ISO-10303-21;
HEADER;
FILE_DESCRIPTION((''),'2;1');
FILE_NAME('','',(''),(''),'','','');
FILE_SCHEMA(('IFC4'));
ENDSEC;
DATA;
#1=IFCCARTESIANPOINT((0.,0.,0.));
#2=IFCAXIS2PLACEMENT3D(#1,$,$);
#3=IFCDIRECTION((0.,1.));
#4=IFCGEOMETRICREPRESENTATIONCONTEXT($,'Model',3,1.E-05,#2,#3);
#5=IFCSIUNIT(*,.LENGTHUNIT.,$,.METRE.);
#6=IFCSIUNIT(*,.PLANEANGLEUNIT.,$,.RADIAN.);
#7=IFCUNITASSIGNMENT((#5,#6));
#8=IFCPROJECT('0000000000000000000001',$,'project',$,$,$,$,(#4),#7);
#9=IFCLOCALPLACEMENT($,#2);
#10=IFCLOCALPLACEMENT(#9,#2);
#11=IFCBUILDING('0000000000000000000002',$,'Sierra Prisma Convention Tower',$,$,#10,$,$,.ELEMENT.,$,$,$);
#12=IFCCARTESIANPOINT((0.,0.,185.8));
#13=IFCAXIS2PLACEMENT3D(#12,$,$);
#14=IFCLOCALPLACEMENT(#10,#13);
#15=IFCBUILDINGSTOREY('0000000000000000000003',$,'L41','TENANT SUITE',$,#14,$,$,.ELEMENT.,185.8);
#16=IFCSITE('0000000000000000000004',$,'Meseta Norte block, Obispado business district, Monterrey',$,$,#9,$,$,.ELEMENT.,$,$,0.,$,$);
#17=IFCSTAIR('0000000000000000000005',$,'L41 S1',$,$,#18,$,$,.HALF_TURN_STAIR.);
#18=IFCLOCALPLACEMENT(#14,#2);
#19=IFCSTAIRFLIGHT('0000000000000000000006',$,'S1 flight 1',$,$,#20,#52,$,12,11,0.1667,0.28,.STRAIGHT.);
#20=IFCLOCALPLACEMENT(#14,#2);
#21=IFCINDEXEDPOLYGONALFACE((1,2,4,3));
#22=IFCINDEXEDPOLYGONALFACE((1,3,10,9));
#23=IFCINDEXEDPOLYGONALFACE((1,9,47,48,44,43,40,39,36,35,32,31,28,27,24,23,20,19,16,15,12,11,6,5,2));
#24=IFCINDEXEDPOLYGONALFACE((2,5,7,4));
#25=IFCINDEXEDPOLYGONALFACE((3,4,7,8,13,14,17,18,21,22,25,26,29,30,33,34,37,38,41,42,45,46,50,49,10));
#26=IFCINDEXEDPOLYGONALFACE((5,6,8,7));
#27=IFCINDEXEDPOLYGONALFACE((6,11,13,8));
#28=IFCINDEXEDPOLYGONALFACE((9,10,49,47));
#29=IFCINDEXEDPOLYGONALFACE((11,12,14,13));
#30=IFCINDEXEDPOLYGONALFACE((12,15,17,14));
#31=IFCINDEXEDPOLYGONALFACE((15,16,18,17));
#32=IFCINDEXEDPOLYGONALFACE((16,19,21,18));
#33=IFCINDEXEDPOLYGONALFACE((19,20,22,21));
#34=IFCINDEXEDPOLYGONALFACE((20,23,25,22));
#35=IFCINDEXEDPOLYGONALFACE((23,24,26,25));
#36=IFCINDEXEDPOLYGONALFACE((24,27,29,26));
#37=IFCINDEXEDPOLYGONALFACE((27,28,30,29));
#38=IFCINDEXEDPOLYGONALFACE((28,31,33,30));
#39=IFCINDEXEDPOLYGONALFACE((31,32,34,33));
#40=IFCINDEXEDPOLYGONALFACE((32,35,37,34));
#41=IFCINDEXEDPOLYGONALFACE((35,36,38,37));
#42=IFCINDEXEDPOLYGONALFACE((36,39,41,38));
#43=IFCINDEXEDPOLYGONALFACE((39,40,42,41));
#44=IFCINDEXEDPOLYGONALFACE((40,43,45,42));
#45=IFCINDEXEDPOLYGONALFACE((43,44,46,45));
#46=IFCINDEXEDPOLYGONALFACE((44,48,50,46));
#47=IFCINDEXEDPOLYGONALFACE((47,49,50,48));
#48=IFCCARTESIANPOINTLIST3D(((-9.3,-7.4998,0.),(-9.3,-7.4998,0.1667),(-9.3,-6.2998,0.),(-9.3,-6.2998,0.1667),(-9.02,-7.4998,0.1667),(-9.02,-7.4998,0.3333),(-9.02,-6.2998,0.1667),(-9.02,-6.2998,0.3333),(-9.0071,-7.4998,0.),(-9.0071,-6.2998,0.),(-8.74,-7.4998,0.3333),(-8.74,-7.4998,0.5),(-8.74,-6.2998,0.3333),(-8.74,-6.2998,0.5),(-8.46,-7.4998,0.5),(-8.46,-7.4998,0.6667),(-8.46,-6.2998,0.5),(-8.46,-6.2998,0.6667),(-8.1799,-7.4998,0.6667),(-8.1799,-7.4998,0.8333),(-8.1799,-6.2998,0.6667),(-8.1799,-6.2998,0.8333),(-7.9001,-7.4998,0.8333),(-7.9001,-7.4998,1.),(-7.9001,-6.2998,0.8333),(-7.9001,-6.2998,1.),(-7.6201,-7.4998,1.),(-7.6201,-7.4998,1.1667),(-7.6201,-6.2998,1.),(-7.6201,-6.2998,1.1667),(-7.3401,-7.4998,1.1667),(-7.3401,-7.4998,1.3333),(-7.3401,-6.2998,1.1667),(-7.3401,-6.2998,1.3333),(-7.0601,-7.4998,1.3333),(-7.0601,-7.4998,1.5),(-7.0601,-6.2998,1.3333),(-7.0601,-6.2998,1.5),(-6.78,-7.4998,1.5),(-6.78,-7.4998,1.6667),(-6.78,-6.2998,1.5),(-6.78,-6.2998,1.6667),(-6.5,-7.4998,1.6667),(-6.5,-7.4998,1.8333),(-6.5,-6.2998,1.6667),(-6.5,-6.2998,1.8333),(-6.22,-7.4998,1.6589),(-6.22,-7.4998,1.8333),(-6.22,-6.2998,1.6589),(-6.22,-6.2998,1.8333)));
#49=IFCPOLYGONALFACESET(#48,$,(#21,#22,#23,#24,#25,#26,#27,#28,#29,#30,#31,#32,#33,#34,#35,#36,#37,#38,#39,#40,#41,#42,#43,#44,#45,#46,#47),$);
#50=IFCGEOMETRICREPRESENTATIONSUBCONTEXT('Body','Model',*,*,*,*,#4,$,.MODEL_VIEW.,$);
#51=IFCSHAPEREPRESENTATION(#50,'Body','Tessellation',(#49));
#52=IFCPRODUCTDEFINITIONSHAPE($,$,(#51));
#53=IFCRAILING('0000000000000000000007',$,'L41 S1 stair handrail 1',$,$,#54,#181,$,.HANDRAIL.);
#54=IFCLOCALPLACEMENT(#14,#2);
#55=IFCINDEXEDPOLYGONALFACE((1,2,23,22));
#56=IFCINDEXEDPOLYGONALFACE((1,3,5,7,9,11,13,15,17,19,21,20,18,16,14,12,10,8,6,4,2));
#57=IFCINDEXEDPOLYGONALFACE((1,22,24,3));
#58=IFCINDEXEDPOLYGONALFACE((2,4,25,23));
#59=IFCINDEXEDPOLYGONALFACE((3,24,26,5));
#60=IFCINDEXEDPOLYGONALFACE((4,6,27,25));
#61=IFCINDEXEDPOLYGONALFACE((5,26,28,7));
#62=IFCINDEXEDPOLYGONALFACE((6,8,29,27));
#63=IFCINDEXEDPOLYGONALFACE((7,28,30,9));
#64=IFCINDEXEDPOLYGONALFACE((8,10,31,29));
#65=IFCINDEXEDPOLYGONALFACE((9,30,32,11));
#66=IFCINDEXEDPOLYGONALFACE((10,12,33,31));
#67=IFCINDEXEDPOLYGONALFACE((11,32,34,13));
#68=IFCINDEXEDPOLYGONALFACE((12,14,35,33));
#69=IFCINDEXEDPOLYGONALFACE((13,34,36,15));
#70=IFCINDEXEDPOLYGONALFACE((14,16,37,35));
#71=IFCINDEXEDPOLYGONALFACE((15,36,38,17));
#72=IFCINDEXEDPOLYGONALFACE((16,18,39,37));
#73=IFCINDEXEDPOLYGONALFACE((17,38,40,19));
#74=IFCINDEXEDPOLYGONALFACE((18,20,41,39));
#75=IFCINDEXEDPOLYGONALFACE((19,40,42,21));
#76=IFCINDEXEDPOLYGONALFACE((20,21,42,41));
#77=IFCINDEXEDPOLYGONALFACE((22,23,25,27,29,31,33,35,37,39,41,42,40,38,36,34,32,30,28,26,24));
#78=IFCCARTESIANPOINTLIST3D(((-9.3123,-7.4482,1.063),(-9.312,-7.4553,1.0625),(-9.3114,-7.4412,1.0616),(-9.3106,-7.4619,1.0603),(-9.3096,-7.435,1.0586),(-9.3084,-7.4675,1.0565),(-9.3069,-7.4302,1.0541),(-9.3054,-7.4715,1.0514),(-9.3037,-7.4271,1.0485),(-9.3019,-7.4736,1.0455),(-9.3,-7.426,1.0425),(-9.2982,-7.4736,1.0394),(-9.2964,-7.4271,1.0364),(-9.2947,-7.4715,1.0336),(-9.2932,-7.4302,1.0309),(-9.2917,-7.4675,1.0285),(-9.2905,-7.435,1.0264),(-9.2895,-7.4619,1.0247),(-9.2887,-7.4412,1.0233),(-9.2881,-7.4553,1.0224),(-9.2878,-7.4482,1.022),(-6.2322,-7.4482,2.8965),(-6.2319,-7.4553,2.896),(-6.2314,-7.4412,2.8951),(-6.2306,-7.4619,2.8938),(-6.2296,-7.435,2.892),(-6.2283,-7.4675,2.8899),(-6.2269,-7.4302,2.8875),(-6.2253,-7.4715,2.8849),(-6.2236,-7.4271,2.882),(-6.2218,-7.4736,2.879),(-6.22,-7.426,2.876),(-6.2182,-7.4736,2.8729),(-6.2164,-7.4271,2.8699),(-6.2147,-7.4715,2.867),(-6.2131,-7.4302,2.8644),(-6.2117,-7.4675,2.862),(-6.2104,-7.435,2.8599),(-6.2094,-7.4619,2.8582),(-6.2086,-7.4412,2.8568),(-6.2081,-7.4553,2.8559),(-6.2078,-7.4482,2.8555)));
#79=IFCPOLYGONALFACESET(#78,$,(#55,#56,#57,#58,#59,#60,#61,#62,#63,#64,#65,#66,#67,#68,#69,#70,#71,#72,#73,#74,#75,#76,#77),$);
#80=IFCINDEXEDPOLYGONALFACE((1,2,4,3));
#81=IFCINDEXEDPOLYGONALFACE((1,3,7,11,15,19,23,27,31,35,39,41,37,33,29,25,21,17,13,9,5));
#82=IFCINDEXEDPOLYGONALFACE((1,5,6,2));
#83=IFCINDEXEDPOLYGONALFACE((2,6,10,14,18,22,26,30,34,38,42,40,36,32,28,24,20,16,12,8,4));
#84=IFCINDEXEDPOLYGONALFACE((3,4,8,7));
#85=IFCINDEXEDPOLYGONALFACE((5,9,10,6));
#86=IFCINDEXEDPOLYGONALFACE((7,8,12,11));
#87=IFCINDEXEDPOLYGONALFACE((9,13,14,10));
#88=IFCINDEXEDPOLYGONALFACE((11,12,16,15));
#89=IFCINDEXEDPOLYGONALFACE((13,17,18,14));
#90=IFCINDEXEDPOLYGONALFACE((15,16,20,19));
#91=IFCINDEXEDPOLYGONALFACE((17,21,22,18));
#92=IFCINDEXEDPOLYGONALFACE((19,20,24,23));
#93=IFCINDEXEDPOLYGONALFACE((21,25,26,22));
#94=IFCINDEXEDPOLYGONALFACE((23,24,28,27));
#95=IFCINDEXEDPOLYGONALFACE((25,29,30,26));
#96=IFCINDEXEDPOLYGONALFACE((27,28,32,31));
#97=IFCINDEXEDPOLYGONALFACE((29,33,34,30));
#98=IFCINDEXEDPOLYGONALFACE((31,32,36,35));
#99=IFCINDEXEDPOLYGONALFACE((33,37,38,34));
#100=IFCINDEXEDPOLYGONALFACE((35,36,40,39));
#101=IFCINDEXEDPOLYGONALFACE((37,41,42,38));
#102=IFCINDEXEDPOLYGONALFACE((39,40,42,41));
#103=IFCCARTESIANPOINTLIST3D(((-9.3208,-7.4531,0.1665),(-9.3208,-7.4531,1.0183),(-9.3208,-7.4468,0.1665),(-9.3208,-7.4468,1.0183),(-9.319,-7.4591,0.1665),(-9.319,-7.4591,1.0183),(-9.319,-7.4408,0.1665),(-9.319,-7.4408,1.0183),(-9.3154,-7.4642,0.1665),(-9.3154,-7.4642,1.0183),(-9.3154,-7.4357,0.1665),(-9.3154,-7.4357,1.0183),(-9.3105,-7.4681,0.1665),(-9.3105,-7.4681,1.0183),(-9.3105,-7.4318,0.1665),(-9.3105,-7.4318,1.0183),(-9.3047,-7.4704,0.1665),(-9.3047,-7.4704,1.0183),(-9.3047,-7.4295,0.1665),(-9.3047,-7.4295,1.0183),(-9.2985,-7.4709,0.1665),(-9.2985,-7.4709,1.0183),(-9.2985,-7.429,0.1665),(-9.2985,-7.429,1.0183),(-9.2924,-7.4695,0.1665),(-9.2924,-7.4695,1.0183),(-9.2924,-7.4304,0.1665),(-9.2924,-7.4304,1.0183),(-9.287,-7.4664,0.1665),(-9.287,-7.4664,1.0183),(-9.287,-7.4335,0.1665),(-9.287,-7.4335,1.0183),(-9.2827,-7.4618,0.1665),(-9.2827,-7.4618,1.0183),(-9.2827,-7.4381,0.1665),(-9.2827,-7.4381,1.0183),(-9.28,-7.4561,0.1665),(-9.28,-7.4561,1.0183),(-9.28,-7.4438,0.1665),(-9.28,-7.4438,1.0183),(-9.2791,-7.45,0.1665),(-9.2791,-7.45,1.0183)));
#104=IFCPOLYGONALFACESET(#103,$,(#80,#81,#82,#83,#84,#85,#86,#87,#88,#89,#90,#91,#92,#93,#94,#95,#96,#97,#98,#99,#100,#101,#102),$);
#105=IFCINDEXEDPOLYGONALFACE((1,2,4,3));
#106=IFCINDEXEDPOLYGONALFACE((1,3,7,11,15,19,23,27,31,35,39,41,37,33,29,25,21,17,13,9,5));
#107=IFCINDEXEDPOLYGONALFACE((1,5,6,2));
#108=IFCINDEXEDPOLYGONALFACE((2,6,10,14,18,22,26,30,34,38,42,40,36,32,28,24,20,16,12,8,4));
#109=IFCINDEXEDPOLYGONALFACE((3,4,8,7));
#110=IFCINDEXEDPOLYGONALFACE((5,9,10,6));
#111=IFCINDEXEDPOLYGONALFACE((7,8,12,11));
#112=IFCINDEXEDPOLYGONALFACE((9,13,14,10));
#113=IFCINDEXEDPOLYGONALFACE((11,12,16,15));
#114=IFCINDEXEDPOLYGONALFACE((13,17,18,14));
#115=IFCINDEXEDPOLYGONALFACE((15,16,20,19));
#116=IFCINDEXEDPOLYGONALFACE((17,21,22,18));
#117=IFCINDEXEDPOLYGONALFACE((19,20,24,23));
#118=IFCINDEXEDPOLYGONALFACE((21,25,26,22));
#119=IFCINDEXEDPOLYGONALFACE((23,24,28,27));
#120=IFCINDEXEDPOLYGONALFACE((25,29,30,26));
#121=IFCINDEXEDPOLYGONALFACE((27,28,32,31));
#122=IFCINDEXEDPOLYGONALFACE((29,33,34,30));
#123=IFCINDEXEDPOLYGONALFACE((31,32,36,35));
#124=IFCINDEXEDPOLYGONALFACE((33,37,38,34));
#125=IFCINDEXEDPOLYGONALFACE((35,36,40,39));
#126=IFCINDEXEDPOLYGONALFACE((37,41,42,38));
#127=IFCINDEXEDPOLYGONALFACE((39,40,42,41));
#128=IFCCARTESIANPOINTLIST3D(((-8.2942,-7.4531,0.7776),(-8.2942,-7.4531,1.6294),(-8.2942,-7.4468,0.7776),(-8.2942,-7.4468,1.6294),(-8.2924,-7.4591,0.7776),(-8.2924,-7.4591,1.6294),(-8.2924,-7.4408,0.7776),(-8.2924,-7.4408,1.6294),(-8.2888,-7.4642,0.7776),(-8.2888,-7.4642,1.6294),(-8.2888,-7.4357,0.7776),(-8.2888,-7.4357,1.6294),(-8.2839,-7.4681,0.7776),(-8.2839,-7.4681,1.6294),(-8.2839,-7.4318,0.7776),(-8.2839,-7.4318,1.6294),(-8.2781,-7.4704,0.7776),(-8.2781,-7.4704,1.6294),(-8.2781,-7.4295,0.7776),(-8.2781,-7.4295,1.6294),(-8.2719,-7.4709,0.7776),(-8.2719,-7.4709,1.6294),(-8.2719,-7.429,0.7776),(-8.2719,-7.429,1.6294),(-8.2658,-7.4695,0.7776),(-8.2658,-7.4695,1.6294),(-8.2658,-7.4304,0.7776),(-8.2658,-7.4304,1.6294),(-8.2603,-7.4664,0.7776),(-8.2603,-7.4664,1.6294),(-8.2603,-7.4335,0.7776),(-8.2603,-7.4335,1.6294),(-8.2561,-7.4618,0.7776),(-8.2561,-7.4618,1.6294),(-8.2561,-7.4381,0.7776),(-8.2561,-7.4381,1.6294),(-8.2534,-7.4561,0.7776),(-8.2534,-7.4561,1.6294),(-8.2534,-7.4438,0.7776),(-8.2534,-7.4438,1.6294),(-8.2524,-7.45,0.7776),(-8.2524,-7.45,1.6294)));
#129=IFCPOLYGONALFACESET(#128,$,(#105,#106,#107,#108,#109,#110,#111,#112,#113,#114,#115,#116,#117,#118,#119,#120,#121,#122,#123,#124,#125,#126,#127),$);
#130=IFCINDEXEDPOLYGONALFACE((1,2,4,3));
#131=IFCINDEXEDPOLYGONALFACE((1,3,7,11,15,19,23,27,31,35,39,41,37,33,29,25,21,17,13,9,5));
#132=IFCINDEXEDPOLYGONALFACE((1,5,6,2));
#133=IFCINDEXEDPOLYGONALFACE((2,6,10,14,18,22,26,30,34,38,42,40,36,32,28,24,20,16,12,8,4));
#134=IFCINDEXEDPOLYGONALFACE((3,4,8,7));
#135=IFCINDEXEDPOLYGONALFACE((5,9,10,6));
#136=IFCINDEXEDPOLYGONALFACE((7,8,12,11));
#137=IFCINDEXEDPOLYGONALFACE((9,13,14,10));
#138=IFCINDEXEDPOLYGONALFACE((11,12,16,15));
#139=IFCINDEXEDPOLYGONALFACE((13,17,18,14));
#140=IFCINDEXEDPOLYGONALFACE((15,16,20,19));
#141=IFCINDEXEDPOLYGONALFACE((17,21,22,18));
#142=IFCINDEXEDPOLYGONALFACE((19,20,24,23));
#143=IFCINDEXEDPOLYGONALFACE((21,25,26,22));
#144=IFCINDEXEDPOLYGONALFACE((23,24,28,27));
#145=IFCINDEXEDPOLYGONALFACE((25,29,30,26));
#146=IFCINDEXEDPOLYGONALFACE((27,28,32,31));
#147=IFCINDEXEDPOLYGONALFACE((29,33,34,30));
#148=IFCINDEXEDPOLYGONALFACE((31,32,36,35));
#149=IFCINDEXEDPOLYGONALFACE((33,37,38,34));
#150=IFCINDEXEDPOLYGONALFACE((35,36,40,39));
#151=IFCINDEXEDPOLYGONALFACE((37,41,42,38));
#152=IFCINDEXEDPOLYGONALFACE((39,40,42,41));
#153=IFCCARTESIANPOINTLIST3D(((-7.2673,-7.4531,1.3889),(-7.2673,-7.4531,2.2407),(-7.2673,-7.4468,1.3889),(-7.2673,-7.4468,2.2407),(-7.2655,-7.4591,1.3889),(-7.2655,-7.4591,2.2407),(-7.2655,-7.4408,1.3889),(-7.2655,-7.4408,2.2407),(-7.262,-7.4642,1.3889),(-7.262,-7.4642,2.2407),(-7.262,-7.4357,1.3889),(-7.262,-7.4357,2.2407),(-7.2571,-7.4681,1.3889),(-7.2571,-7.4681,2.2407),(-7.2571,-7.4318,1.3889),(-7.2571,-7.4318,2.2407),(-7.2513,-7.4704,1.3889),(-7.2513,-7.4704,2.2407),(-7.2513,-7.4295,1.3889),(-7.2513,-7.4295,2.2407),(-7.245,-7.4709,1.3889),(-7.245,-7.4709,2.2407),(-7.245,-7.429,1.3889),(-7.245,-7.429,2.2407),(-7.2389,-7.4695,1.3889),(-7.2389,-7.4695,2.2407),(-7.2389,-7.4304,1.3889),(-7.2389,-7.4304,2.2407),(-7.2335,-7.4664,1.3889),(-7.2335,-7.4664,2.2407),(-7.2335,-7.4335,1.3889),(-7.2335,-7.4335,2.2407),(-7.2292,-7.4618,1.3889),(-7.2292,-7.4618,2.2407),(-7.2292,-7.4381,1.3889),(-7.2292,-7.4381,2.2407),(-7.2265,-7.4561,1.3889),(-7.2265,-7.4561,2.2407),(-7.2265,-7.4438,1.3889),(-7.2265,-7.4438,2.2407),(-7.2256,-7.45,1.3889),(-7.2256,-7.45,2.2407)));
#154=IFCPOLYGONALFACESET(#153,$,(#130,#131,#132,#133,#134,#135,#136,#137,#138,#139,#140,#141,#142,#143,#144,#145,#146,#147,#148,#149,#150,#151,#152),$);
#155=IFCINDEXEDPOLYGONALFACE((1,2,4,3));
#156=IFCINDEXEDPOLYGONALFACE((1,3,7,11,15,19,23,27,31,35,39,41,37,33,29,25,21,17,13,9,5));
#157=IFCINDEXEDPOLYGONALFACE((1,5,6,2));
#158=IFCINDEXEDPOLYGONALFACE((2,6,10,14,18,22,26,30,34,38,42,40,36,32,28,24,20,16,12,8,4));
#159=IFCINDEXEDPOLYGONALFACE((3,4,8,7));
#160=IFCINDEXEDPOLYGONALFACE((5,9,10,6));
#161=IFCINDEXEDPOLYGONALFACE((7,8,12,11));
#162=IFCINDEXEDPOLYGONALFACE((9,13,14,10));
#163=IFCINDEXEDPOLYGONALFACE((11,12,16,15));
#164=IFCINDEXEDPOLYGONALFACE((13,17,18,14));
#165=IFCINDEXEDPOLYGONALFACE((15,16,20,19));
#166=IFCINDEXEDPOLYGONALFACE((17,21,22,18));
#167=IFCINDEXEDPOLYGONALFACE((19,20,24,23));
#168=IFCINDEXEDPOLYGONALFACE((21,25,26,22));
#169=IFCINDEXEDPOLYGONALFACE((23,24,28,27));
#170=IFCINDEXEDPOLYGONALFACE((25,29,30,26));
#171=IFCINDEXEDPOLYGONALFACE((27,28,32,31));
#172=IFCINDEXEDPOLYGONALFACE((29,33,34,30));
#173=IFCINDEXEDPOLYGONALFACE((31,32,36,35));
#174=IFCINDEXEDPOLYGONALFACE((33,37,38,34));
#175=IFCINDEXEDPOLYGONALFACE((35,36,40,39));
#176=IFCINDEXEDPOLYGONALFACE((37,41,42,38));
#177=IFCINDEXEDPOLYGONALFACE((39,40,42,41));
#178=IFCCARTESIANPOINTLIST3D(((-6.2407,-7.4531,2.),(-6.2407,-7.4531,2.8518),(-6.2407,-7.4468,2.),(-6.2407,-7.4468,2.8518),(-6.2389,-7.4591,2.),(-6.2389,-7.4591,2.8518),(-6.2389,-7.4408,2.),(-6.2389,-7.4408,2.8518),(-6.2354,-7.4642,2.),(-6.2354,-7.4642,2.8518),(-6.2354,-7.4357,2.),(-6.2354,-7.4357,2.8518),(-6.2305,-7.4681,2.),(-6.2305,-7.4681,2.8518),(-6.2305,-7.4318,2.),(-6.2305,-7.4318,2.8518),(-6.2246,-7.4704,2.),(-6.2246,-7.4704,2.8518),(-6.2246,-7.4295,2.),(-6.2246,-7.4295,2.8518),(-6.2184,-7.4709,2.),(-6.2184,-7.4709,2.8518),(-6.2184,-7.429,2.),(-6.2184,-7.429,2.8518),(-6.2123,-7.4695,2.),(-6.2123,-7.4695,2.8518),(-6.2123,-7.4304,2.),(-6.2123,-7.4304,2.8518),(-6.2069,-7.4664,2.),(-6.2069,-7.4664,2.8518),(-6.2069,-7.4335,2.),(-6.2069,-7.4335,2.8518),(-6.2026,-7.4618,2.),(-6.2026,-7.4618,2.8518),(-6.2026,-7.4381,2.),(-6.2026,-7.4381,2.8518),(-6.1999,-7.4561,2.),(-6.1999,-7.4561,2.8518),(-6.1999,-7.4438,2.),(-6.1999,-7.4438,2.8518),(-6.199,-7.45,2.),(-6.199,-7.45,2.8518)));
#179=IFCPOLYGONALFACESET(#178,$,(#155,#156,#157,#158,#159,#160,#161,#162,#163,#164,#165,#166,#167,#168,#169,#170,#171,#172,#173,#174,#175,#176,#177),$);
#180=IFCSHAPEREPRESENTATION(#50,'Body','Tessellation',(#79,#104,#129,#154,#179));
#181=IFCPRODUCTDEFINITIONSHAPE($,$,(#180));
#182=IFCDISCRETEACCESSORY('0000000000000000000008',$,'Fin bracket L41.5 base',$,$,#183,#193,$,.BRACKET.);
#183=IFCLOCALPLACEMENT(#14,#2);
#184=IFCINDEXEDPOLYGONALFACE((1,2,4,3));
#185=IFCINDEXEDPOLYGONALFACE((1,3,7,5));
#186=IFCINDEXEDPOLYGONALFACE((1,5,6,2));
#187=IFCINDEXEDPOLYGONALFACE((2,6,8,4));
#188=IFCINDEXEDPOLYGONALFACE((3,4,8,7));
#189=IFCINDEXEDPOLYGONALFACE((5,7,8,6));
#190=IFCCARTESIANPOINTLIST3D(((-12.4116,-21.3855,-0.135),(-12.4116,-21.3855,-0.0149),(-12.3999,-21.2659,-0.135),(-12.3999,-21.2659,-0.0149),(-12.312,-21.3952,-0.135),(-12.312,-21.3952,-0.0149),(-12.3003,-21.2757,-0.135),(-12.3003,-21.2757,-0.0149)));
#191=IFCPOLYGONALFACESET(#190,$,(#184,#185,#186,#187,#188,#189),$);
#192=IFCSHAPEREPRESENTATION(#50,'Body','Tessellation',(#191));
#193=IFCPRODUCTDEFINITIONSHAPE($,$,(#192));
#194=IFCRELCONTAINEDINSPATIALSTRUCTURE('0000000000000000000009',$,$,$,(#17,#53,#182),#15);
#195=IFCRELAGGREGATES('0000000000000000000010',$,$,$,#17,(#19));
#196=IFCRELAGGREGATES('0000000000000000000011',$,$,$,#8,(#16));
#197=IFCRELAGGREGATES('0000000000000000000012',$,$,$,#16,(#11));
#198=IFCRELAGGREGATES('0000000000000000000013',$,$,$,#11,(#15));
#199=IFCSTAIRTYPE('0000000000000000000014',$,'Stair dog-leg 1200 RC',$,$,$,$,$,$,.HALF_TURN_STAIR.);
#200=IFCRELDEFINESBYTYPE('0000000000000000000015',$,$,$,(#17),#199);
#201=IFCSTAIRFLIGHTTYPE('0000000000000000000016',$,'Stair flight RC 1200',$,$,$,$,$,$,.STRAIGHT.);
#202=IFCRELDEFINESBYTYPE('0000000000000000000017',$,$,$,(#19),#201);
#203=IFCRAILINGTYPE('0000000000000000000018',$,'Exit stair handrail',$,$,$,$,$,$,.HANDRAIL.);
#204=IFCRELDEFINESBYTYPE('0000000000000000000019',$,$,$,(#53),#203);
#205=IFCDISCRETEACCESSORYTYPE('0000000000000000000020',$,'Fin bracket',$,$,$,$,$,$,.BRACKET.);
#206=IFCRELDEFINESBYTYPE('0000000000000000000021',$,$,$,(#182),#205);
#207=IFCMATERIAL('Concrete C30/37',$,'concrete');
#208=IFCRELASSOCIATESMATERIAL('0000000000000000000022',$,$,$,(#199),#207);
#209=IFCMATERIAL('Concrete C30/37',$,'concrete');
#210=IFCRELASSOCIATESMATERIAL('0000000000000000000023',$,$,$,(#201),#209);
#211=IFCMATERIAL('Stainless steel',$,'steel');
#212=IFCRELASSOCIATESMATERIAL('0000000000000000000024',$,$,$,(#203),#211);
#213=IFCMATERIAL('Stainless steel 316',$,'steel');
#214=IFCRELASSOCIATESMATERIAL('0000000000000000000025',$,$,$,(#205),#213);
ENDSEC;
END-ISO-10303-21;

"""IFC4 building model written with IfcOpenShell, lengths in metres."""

from ifc_helpers import new_model, si_unit, direction, frame, origin, origin_2d, place, context, subcontext, project, spatial, polyline, rectangle, circle, outline, extrude, material, type_object, element, aggregate, save


model = new_model("IFC4")

# Units and contexts
model_context = context("Model", 3, precision=1e-05, world=origin(), true_north=direction((0.0, 1.0)))
body_context = subcontext(model_context, "Body", "Model", "MODEL_VIEW")
ifc_project = project(units=[si_unit("LENGTHUNIT", "METRE"), si_unit("PLANEANGLEUNIT", "RADIAN")], contexts=[model_context])

# Site, building, storey
site_placement = place(None, origin())
site = spatial("IfcSite", under=ifc_project, at=site_placement, Name="Meseta Norte block, Obispado business district, Monterrey", CompositionType="ELEMENT", RefElevation=0.0)
building_placement = place(site_placement, origin())
building = spatial("IfcBuilding", under=site, at=building_placement, Name="Sierra Prisma Convention Tower", CompositionType="ELEMENT")
storey_placement = place(building_placement, frame((0.0, 0.0, 185.8)))
storey = spatial("IfcBuildingStorey", under=building, at=storey_placement, Name="L41", Description="TENANT SUITE", CompositionType="ELEMENT", Elevation=185.8)

# Stair, stair flight
ifc_material_1 = material(Name="Concrete C30/37", Category="concrete")
stair_type = type_object("IfcStairType", Name="Stair dog-leg 1200 RC", PredefinedType="HALF_TURN_STAIR", material=ifc_material_1)
stair_placement = place(storey_placement, origin())
stair = element("IfcStair", 1, at=stair_placement, inside=storey, type_object=stair_type, Name="L41 S1", PredefinedType="HALF_TURN_STAIR")
ifc_material_2 = material(Name="Concrete C30/37", Category="concrete")
stair_flight_type = type_object("IfcStairFlightType", Name="Stair flight RC 1200", PredefinedType="STRAIGHT", material=ifc_material_2)
stair_flight_placement = place(storey_placement, frame((-9.3, -6.8999, 0.0), z_axis=(0.0, 0.0, 1.0), x_axis=(1.0, 0.0, 0.0)))
stair_flight = element("IfcStairFlight", 2, at=stair_flight_placement, type_object=stair_flight_type, Name="S1 flight 1", NumberOfRisers=12, NumberOfTreads=11, PredefinedType="STRAIGHT", RiserHeight=0.1667, TreadLength=0.28, context=body_context, shape_type="SweptSolid", body=[
    extrude(outline(polyline([(0.0, 0.0), (0.0, 0.1667), (0.28, 0.1667), (0.28, 0.3333), (0.5601, 0.3333), (0.5601, 0.5), (0.8401, 0.5), (0.8401, 0.6667), (1.1201, 0.6667), (1.1201, 0.8333), (1.3999, 0.8333), (1.3999, 1.0), (1.6799, 1.0), (1.6799, 1.1667), (1.96, 1.1667), (1.96, 1.3333), (2.24, 1.3333), (2.24, 1.5), (2.52, 1.5), (2.52, 1.6667), (2.8, 1.6667), (2.8, 1.8333), (3.0801, 1.8333), (3.0801, 2.0), (3.0801, 1.6589), (0.293, 0.0), (0.0, 0.0)])), frame((0.0, 0.6001, 0.0), z_axis=(0.0, -1.0, 0.0), x_axis=(1.0, 0.0, 0.0)), (0.0, 0.0, 1.0), 1.2),
])
aggregate(stair, [stair_flight])

# Railing
ifc_material_3 = material(Name="Stainless steel", Category="steel")
railing_type = type_object("IfcRailingType", Name="Exit stair handrail", PredefinedType="HANDRAIL", material=ifc_material_3)
railing_placement = place(storey_placement, frame((-9.3, -7.45, 0.1665)))
element("IfcRailing", 3, at=railing_placement, inside=storey, type_object=railing_type, Name="L41 S1 stair handrail 1", PredefinedType="HANDRAIL", context=body_context, shape_type="SweptSolid", body=[
    extrude(circle(Radius=0.0239, at=origin_2d()), frame((0.0, 0.0, 0.876), z_axis=(0.859279, 0.0, 0.511508), x_axis=(0.0, 1.0, 0.0)), (0.0, 0.0, 1.0), 3.5845),
    extrude(circle(Radius=0.021, at=origin_2d()), origin(), (0.0, 0.0, 1.0), 0.8518),
    extrude(circle(Radius=0.021, at=origin_2d()), frame((1.0266, 0.0, 0.6111)), (0.0, 0.0, 1.0), 0.8518),
    extrude(circle(Radius=0.021, at=origin_2d()), frame((2.0535, 0.0, 1.2224)), (0.0, 0.0, 1.0), 0.8518),
    extrude(circle(Radius=0.021, at=origin_2d()), frame((3.0801, 0.0, 1.8335)), (0.0, 0.0, 1.0), 0.8518),
])

# Discrete accessory
ifc_material_4 = material(Name="Stainless steel 316", Category="steel")
discrete_accessory_type = type_object("IfcDiscreteAccessoryType", Name="Fin bracket", PredefinedType="BRACKET", material=ifc_material_4)
discrete_accessory_placement = place(storey_placement, frame((-12.356, -21.3306, -0.135), z_axis=(0.0, 0.0, 1.0), x_axis=(-0.097258, -0.995259, 0.0)))
element("IfcDiscreteAccessory", 4, at=discrete_accessory_placement, inside=storey, type_object=discrete_accessory_type, Name="Fin bracket L41.5 base", PredefinedType="BRACKET", context=body_context, shape_type="SweptSolid", body=[
    extrude(rectangle(XDim=0.1201, YDim=0.1001, at=origin_2d()), origin(), (0.0, 0.0, 1.0), 0.1201),
])

save(model, "model.ifc")
